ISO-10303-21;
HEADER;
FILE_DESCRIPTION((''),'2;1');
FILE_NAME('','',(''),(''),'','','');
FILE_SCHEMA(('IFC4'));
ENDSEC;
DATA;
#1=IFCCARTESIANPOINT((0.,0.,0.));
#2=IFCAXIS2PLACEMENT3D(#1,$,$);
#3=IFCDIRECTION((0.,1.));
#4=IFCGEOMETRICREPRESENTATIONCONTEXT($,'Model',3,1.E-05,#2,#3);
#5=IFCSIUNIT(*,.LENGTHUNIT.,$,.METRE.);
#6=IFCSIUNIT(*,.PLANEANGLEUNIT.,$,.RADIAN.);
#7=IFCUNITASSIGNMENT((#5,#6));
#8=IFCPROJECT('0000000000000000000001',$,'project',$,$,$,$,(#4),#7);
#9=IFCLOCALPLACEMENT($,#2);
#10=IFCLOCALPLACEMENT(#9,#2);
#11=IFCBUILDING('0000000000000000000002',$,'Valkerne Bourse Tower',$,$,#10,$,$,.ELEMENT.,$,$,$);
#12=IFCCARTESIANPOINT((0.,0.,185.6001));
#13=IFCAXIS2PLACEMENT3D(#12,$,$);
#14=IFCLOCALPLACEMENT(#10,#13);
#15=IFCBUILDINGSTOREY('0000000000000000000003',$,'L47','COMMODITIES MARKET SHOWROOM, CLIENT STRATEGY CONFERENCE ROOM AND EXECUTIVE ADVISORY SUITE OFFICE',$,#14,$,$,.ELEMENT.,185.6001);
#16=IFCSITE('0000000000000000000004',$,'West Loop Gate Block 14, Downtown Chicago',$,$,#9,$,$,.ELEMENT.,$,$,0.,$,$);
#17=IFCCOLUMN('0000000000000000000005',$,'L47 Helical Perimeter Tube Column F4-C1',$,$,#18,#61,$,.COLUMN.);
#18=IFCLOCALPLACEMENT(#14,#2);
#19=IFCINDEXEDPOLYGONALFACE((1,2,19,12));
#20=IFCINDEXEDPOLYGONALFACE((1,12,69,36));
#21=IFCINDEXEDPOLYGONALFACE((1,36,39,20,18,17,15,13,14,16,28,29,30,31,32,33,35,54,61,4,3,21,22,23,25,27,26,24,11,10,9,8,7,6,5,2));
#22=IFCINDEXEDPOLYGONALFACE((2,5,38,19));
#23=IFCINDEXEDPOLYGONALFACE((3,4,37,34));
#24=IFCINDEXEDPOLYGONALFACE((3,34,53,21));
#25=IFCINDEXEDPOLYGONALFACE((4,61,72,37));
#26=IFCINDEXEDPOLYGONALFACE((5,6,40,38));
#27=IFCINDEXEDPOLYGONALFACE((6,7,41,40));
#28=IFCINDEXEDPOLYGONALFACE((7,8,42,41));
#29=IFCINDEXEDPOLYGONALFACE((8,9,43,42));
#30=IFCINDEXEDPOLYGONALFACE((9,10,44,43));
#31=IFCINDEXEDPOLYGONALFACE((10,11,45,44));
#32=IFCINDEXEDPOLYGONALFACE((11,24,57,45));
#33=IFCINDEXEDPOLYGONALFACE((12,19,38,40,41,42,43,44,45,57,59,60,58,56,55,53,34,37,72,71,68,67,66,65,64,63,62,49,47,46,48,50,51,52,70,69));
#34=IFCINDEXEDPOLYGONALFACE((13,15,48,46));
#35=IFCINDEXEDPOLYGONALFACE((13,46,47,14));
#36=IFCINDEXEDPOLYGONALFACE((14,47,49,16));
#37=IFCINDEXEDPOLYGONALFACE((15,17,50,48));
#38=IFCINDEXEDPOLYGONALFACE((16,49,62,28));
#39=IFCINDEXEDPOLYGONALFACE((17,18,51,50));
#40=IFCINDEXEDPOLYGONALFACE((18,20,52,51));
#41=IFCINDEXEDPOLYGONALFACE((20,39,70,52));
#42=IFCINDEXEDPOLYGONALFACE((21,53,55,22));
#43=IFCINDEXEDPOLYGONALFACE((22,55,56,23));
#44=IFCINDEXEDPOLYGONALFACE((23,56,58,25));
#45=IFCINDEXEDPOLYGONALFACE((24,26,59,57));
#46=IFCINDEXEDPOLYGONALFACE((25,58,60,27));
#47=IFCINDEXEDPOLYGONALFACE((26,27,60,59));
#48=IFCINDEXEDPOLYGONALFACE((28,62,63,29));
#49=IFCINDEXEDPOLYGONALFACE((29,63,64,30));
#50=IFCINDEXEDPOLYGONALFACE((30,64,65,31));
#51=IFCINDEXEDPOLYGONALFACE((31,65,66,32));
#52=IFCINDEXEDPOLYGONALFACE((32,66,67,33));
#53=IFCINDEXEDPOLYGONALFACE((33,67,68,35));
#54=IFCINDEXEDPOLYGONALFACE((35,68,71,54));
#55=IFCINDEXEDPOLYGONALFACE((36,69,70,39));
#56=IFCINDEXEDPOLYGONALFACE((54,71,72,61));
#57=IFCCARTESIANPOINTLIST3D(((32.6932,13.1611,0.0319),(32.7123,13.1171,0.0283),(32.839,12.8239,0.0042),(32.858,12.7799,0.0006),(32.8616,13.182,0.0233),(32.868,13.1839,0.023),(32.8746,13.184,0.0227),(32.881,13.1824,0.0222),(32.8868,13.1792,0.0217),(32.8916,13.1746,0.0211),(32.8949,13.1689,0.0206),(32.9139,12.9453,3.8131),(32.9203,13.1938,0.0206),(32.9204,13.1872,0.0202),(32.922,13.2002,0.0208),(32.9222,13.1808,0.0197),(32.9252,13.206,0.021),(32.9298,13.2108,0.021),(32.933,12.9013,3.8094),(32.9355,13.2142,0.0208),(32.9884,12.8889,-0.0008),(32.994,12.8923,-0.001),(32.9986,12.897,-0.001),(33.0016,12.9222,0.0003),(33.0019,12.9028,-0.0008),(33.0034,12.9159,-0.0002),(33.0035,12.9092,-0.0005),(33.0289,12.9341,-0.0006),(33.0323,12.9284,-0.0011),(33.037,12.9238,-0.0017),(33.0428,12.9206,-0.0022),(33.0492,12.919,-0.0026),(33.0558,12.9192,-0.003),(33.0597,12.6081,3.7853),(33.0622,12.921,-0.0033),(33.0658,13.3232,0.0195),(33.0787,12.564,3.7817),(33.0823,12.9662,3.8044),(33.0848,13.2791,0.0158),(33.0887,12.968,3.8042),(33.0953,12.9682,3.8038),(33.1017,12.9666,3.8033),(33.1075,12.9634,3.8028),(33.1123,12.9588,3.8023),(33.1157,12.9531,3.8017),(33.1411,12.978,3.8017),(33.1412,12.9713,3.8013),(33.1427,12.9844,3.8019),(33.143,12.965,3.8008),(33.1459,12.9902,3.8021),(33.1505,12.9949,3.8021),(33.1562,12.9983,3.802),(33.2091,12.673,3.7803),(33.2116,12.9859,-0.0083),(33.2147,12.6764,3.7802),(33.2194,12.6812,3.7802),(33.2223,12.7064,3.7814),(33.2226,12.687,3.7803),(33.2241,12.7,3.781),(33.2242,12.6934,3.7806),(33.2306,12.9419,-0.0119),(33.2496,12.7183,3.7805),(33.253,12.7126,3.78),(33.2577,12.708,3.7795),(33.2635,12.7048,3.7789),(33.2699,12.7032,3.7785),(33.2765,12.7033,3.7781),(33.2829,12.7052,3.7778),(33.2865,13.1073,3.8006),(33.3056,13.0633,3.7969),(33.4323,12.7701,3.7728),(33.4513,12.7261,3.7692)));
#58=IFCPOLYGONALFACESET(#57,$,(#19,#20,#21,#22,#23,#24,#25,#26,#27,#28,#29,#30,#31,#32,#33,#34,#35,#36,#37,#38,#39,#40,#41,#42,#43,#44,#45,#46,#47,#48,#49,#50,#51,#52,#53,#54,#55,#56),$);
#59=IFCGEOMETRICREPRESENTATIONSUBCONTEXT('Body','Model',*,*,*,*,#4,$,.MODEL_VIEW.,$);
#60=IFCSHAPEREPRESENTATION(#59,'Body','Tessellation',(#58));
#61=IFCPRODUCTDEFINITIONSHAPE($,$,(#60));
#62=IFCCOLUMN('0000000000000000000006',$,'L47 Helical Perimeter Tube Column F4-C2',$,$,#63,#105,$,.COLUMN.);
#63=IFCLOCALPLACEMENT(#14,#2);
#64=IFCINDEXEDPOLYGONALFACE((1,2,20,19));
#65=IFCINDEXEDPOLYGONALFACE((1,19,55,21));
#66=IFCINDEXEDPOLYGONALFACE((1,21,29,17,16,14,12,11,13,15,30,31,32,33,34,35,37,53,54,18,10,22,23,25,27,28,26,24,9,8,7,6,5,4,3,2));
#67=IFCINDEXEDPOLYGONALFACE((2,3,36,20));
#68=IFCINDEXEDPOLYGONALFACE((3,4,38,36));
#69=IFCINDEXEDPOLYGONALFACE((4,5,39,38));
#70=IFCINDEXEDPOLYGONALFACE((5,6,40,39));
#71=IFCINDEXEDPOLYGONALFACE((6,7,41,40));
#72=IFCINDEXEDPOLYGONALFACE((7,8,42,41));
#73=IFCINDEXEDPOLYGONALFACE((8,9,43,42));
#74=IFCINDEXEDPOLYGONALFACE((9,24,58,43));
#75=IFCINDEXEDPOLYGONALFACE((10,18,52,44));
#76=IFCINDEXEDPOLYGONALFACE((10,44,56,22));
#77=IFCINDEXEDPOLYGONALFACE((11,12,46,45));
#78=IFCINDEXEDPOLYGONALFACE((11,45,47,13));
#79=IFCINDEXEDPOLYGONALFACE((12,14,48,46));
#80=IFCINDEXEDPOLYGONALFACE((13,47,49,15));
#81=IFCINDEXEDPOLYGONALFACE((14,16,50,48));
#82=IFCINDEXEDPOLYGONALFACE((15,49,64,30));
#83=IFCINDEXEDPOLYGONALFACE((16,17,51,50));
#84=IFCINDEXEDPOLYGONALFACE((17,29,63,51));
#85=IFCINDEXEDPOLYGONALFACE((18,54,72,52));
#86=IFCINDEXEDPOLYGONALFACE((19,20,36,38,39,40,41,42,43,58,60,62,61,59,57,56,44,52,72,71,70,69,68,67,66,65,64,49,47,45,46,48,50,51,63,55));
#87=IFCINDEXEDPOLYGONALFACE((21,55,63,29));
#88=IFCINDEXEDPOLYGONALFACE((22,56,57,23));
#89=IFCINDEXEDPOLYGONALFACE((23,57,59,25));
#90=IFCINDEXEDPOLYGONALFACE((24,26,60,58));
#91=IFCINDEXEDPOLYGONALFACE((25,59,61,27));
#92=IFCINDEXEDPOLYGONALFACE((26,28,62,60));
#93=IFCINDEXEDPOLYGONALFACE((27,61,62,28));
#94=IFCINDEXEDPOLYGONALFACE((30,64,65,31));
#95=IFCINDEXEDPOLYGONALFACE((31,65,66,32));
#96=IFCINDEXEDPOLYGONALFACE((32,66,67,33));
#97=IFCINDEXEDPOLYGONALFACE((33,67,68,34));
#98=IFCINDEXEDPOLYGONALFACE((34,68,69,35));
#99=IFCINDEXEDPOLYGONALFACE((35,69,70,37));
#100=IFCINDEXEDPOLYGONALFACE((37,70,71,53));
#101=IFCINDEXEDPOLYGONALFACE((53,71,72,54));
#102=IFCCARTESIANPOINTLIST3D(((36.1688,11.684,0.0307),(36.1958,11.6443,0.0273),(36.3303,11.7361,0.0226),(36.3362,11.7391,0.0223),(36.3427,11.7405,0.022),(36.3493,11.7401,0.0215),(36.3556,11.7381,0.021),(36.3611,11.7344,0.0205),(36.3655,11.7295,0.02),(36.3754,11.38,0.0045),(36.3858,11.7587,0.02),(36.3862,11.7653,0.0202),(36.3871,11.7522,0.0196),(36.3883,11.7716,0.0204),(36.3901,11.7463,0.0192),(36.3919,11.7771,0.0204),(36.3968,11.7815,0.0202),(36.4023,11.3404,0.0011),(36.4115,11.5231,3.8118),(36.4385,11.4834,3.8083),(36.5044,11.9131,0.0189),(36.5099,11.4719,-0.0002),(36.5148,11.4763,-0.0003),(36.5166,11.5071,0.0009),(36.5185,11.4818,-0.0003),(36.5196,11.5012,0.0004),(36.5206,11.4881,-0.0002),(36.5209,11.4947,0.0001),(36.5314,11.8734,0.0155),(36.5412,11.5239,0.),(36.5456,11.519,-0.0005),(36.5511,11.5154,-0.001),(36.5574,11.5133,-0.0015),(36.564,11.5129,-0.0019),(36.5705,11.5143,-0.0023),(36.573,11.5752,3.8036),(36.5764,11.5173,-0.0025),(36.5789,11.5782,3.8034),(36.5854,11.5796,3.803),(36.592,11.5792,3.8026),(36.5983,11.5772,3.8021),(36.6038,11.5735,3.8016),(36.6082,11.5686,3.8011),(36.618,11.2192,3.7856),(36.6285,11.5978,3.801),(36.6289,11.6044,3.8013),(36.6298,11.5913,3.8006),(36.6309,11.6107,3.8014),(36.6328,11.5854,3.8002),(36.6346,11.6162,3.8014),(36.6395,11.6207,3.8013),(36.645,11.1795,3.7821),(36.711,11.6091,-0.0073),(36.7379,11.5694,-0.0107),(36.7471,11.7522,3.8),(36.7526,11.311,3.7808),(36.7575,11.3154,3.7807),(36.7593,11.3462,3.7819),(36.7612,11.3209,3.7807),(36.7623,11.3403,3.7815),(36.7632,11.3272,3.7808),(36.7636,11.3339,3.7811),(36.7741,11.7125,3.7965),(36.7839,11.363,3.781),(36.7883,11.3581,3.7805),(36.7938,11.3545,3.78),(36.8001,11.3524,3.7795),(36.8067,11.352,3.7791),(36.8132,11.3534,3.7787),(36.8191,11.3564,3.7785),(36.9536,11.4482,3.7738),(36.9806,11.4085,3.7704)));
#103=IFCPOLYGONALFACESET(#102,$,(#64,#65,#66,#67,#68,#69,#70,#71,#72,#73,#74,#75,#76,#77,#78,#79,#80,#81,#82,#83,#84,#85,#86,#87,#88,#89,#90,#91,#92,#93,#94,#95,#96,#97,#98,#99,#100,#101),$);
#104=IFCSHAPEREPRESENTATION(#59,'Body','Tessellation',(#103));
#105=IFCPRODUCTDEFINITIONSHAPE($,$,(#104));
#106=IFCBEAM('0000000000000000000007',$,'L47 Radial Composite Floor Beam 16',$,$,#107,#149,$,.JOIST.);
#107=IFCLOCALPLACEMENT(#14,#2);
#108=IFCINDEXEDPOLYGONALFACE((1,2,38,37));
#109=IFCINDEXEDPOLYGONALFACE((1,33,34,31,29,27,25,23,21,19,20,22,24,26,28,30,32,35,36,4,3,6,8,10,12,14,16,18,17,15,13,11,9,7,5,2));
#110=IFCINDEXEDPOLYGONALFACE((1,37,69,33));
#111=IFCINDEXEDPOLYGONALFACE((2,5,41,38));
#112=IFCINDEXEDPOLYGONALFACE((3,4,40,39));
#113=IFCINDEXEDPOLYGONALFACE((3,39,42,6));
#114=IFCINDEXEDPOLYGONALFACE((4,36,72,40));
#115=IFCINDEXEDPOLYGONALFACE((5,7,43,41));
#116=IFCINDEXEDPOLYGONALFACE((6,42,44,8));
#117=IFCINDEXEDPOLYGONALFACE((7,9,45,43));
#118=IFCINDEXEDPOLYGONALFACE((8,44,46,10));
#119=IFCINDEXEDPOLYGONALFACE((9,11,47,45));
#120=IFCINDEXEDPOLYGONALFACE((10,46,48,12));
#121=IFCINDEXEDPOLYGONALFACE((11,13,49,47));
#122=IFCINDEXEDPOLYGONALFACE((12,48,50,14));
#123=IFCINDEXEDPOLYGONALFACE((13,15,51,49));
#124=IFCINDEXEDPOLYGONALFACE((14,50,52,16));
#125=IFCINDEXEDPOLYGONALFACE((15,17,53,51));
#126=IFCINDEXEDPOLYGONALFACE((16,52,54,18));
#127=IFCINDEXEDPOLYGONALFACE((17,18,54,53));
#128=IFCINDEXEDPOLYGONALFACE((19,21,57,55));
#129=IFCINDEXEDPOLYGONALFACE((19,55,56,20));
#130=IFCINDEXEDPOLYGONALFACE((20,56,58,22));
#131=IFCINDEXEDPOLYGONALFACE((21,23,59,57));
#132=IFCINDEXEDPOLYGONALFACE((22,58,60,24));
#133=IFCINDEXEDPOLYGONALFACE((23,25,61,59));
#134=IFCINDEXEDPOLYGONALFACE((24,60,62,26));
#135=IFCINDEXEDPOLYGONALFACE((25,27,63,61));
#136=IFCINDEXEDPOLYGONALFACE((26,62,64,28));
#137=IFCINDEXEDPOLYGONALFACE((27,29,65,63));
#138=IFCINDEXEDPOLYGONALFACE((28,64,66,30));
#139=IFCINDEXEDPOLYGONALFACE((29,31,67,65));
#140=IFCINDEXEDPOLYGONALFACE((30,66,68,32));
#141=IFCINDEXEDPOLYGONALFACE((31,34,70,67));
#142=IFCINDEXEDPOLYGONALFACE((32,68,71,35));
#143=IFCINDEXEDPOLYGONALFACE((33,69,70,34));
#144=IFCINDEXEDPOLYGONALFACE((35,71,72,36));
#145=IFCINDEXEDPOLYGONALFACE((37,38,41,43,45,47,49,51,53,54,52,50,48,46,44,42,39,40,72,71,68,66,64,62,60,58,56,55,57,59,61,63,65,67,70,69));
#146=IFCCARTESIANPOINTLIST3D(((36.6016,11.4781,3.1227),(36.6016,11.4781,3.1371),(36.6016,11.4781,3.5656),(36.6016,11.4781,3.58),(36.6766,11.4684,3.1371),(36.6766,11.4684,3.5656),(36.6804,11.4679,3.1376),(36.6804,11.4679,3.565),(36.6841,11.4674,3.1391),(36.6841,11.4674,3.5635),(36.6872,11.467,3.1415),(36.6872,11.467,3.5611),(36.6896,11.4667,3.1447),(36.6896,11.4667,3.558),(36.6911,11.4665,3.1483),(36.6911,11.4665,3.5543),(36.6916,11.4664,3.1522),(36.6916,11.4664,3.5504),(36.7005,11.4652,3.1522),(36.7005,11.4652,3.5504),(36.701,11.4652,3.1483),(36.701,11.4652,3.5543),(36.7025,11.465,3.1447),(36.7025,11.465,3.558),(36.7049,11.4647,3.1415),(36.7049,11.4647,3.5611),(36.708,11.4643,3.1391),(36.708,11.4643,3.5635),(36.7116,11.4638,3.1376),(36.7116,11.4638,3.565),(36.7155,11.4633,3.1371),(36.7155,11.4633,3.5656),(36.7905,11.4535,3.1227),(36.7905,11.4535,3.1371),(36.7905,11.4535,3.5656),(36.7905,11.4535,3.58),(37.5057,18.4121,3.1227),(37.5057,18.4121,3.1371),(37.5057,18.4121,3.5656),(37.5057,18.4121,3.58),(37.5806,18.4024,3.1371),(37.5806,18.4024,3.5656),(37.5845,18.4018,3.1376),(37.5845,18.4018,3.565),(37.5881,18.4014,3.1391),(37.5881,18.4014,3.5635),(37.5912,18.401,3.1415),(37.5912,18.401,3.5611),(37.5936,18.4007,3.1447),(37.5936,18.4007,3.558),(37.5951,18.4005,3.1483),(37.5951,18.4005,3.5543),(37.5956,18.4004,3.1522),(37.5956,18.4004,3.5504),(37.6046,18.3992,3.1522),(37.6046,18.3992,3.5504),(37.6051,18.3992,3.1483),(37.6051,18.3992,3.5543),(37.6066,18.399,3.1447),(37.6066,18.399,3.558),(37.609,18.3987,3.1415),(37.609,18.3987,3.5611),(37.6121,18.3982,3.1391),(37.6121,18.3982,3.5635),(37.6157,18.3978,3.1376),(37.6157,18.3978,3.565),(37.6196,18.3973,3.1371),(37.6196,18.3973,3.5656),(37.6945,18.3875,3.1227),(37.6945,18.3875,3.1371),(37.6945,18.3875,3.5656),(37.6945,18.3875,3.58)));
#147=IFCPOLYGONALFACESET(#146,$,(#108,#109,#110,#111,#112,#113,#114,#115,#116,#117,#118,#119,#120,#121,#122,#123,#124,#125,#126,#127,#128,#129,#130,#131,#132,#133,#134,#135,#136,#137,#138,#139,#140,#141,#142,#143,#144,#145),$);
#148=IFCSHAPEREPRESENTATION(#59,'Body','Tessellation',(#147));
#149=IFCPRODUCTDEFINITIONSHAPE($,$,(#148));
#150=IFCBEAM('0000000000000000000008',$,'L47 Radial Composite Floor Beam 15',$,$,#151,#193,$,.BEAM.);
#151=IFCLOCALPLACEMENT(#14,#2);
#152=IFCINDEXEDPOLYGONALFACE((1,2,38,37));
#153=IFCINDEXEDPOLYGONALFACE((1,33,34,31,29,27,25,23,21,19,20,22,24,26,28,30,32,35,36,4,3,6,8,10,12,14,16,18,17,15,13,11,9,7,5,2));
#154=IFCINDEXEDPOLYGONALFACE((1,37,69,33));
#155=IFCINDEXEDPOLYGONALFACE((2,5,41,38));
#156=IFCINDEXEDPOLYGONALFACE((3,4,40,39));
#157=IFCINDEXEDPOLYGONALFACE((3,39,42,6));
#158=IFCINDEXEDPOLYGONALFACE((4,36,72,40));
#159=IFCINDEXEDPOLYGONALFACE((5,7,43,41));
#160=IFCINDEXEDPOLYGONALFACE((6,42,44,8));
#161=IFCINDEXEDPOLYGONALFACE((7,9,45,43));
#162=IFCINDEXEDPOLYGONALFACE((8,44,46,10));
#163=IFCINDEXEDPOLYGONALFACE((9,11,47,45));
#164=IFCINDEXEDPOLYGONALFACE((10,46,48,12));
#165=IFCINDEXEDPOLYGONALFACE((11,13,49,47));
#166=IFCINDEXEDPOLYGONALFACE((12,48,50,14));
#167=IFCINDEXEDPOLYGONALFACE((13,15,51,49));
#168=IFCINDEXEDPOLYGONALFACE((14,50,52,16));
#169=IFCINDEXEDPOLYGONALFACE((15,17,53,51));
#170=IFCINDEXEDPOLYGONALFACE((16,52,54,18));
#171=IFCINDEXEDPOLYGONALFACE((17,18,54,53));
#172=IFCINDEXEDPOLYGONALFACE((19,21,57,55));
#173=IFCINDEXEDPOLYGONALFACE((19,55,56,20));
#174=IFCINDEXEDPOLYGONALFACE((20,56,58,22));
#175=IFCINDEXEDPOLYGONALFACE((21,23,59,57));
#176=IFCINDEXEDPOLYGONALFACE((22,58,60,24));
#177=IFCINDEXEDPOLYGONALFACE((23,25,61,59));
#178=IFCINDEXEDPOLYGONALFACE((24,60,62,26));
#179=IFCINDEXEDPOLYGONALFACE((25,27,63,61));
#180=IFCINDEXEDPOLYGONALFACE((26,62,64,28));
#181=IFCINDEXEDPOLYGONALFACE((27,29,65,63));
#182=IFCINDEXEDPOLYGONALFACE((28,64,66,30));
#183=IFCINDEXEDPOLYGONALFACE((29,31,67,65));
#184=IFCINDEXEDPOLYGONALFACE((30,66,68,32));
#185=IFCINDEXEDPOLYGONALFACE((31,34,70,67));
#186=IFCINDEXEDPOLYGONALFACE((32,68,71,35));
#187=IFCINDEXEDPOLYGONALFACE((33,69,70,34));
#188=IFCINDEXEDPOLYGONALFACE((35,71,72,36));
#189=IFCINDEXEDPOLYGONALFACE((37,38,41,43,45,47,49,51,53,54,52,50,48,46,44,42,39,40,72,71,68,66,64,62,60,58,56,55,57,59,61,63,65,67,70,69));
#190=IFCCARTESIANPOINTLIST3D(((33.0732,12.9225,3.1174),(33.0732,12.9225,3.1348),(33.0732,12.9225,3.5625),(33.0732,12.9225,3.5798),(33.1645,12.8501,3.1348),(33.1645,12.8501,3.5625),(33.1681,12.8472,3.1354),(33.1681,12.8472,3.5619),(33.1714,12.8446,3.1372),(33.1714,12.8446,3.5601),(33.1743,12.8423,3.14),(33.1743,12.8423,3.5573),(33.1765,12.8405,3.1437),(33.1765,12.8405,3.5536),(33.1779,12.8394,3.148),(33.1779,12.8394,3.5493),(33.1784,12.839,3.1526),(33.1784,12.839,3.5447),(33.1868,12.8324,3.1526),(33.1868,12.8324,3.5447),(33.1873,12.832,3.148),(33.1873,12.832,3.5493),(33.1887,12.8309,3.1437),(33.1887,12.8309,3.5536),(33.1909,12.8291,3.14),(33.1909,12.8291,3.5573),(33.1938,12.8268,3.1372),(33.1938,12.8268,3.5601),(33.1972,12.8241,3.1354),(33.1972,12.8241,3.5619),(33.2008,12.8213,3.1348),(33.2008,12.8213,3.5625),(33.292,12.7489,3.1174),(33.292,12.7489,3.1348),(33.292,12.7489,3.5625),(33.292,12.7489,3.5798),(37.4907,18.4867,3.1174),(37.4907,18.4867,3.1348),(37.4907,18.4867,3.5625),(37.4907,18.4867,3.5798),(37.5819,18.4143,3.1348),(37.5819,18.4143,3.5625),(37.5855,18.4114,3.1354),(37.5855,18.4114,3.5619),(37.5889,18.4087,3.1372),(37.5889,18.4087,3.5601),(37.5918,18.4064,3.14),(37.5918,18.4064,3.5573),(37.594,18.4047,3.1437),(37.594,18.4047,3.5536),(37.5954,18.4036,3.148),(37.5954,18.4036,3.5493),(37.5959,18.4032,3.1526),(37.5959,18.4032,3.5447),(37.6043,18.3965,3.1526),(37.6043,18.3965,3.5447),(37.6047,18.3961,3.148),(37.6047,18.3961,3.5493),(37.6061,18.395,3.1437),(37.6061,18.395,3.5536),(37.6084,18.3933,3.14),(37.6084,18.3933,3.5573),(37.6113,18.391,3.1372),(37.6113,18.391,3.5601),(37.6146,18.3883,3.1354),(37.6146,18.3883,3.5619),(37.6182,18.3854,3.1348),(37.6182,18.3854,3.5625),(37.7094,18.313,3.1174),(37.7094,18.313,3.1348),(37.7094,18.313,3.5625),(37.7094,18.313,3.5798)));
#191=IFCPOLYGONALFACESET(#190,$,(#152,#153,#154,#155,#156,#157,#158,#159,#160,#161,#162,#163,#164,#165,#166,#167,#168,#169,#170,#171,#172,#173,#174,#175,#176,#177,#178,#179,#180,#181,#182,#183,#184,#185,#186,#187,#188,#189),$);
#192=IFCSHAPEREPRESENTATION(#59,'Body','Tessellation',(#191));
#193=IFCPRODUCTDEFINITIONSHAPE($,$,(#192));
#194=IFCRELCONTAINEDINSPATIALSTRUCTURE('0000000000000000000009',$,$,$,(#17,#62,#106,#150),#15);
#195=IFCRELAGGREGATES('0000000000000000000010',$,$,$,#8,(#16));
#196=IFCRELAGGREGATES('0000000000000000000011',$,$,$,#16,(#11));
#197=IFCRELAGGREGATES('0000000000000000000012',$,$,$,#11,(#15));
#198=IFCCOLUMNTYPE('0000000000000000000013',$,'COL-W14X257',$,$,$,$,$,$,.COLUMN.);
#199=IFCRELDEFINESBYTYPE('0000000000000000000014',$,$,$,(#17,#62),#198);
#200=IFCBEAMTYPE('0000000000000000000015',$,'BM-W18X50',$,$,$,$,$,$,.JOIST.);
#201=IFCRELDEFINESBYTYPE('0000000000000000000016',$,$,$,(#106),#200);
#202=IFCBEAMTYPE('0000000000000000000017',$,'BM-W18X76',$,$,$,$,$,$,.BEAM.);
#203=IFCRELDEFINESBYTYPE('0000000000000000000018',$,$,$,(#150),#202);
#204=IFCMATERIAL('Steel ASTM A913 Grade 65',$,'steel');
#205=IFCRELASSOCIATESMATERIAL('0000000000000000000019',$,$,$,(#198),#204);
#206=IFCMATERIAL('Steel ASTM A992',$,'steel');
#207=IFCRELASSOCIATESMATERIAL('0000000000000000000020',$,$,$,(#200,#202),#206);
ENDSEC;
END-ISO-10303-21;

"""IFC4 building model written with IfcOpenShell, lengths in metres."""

from ifc_helpers import new_model, si_unit, direction, frame, origin, origin_2d, place, context, subcontext, project, spatial, i_section, extrude, material, material_profile, profile_set, type_object, element, save


model = new_model("IFC4")

# Units and contexts
model_context = context("Model", 3, precision=1e-05, world=origin(), true_north=direction((0.0, 1.0)))
body_context = subcontext(model_context, "Body", "Model", "MODEL_VIEW")
ifc_project = project(units=[si_unit("LENGTHUNIT", "METRE"), si_unit("PLANEANGLEUNIT", "RADIAN")], contexts=[model_context])

# Site, building, storey
site_placement = place(None, origin())
site = spatial("IfcSite", under=ifc_project, at=site_placement, Name="West Loop Gate Block 14, Downtown Chicago", CompositionType="ELEMENT", RefElevation=0.0)
building_placement = place(site_placement, origin())
building = spatial("IfcBuilding", under=site, at=building_placement, Name="Valkerne Bourse Tower", CompositionType="ELEMENT")
storey_placement = place(building_placement, frame((0.0, 0.0, 185.6001)))
storey = spatial("IfcBuildingStorey", under=building, at=storey_placement, Name="L47", Description="COMMODITIES MARKET SHOWROOM, CLIENT STRATEGY CONFERENCE ROOM AND EXECUTIVE ADVISORY SUITE OFFICE", CompositionType="ELEMENT", Elevation=185.6001)

# Columns
ifc_material_1 = material(Name="Steel ASTM A913 Grade 65", Category="steel")
ifc_material_profile_1 = material_profile(ifc_material_1, i_section(OverallWidth=0.4065, OverallDepth=0.4165, WebThickness=0.0298, FlangeThickness=0.0481, FilletRadius=0.0254, at=origin_2d()), Name="W14X257")
ifc_profile_set_1 = profile_set([ifc_material_profile_1], Name="Steel ASTM A913 Grade 65")
column_type = type_object("IfcColumnType", Name="COL-W14X257", PredefinedType="COLUMN", material=ifc_profile_set_1)
column_1_placement = place(storey_placement, frame((32.9619, 13.0515, 0.01), z_axis=(0.058178, -0.056891, 0.996684), x_axis=(0.916575, 0.398678, -0.030745)))
element("IfcColumn", 1, at=column_1_placement, inside=storey, type_object=column_type, Name="L47 Helical Perimeter Tube Column F4-C1", PredefinedType="COLUMN", context=body_context, shape_type="SweptSolid", body=[
    extrude(i_section(OverallWidth=0.4065, OverallDepth=0.4165, WebThickness=0.0298, FlangeThickness=0.0481, FilletRadius=0.0254, at=origin_2d()), origin(), (0.0, 0.0, 1.0), 3.7937),
])
column_2_placement = place(storey_placement, frame((36.4534, 11.6267, 0.01), z_axis=(0.063993, -0.042426, 0.997048), x_axis=(0.825596, 0.563515, -0.029011)))
element("IfcColumn", 2, at=column_2_placement, inside=storey, type_object=column_type, Name="L47 Helical Perimeter Tube Column F4-C2", PredefinedType="COLUMN", context=body_context, shape_type="SweptSolid", body=[
    extrude(i_section(OverallWidth=0.4065, OverallDepth=0.4165, WebThickness=0.0298, FlangeThickness=0.0481, FilletRadius=0.0254, at=origin_2d()), origin(), (0.0, 0.0, 1.0), 3.7922),
])

# Beams
ifc_material_2 = material(Name="Steel ASTM A992", Category="steel")
ifc_material_profile_2 = material_profile(ifc_material_2, i_section(OverallWidth=0.1904, OverallDepth=0.4573, WebThickness=0.009, FlangeThickness=0.0144, FilletRadius=0.0151, at=origin_2d()), Name="W18X50")
ifc_profile_set_2 = profile_set([ifc_material_profile_2], Name="Steel ASTM A992")
beam_type_1 = type_object("IfcBeamType", Name="BM-W18X50", PredefinedType="JOIST", material=ifc_profile_set_2)
beam_1_placement = place(storey_placement, frame((36.696, 11.4658, 3.3513), z_axis=(0.129284, 0.991608, 0.0), x_axis=(-0.991608, 0.129284, 0.0)))
element("IfcBeam", 3, at=beam_1_placement, inside=storey, type_object=beam_type_1, Name="L47 Radial Composite Floor Beam 16", PredefinedType="JOIST", context=body_context, shape_type="SweptSolid", body=[
    extrude(i_section(OverallWidth=0.1904, OverallDepth=0.4573, WebThickness=0.009, FlangeThickness=0.0144, FilletRadius=0.0151, at=origin_2d()), origin(), (0.0, 0.0, 1.0), 6.9927),
])
ifc_material_profile_3 = material_profile(ifc_material_2, i_section(OverallWidth=0.2793, OverallDepth=0.4624, WebThickness=0.0107, FlangeThickness=0.0173, FilletRadius=0.0178, at=origin_2d()), Name="W18X76")
ifc_profile_set_3 = profile_set([ifc_material_profile_3], Name="Steel ASTM A992")
beam_type_2 = type_object("IfcBeamType", Name="BM-W18X76", PredefinedType="BEAM", material=ifc_profile_set_3)
beam_2_placement = place(storey_placement, frame((33.1826, 12.8357, 3.3486), z_axis=(0.621782, 0.78319, 0.0), x_axis=(-0.78319, 0.621782, 0.0)))
element("IfcBeam", 4, at=beam_2_placement, inside=storey, type_object=beam_type_2, Name="L47 Radial Composite Floor Beam 15", PredefinedType="BEAM", context=body_context, shape_type="SweptSolid", body=[
    extrude(i_section(OverallWidth=0.2793, OverallDepth=0.4624, WebThickness=0.0107, FlangeThickness=0.0173, FilletRadius=0.0178, at=origin_2d()), origin(), (0.0, 0.0, 1.0), 7.1045),
])

save(model, "model.ifc")
